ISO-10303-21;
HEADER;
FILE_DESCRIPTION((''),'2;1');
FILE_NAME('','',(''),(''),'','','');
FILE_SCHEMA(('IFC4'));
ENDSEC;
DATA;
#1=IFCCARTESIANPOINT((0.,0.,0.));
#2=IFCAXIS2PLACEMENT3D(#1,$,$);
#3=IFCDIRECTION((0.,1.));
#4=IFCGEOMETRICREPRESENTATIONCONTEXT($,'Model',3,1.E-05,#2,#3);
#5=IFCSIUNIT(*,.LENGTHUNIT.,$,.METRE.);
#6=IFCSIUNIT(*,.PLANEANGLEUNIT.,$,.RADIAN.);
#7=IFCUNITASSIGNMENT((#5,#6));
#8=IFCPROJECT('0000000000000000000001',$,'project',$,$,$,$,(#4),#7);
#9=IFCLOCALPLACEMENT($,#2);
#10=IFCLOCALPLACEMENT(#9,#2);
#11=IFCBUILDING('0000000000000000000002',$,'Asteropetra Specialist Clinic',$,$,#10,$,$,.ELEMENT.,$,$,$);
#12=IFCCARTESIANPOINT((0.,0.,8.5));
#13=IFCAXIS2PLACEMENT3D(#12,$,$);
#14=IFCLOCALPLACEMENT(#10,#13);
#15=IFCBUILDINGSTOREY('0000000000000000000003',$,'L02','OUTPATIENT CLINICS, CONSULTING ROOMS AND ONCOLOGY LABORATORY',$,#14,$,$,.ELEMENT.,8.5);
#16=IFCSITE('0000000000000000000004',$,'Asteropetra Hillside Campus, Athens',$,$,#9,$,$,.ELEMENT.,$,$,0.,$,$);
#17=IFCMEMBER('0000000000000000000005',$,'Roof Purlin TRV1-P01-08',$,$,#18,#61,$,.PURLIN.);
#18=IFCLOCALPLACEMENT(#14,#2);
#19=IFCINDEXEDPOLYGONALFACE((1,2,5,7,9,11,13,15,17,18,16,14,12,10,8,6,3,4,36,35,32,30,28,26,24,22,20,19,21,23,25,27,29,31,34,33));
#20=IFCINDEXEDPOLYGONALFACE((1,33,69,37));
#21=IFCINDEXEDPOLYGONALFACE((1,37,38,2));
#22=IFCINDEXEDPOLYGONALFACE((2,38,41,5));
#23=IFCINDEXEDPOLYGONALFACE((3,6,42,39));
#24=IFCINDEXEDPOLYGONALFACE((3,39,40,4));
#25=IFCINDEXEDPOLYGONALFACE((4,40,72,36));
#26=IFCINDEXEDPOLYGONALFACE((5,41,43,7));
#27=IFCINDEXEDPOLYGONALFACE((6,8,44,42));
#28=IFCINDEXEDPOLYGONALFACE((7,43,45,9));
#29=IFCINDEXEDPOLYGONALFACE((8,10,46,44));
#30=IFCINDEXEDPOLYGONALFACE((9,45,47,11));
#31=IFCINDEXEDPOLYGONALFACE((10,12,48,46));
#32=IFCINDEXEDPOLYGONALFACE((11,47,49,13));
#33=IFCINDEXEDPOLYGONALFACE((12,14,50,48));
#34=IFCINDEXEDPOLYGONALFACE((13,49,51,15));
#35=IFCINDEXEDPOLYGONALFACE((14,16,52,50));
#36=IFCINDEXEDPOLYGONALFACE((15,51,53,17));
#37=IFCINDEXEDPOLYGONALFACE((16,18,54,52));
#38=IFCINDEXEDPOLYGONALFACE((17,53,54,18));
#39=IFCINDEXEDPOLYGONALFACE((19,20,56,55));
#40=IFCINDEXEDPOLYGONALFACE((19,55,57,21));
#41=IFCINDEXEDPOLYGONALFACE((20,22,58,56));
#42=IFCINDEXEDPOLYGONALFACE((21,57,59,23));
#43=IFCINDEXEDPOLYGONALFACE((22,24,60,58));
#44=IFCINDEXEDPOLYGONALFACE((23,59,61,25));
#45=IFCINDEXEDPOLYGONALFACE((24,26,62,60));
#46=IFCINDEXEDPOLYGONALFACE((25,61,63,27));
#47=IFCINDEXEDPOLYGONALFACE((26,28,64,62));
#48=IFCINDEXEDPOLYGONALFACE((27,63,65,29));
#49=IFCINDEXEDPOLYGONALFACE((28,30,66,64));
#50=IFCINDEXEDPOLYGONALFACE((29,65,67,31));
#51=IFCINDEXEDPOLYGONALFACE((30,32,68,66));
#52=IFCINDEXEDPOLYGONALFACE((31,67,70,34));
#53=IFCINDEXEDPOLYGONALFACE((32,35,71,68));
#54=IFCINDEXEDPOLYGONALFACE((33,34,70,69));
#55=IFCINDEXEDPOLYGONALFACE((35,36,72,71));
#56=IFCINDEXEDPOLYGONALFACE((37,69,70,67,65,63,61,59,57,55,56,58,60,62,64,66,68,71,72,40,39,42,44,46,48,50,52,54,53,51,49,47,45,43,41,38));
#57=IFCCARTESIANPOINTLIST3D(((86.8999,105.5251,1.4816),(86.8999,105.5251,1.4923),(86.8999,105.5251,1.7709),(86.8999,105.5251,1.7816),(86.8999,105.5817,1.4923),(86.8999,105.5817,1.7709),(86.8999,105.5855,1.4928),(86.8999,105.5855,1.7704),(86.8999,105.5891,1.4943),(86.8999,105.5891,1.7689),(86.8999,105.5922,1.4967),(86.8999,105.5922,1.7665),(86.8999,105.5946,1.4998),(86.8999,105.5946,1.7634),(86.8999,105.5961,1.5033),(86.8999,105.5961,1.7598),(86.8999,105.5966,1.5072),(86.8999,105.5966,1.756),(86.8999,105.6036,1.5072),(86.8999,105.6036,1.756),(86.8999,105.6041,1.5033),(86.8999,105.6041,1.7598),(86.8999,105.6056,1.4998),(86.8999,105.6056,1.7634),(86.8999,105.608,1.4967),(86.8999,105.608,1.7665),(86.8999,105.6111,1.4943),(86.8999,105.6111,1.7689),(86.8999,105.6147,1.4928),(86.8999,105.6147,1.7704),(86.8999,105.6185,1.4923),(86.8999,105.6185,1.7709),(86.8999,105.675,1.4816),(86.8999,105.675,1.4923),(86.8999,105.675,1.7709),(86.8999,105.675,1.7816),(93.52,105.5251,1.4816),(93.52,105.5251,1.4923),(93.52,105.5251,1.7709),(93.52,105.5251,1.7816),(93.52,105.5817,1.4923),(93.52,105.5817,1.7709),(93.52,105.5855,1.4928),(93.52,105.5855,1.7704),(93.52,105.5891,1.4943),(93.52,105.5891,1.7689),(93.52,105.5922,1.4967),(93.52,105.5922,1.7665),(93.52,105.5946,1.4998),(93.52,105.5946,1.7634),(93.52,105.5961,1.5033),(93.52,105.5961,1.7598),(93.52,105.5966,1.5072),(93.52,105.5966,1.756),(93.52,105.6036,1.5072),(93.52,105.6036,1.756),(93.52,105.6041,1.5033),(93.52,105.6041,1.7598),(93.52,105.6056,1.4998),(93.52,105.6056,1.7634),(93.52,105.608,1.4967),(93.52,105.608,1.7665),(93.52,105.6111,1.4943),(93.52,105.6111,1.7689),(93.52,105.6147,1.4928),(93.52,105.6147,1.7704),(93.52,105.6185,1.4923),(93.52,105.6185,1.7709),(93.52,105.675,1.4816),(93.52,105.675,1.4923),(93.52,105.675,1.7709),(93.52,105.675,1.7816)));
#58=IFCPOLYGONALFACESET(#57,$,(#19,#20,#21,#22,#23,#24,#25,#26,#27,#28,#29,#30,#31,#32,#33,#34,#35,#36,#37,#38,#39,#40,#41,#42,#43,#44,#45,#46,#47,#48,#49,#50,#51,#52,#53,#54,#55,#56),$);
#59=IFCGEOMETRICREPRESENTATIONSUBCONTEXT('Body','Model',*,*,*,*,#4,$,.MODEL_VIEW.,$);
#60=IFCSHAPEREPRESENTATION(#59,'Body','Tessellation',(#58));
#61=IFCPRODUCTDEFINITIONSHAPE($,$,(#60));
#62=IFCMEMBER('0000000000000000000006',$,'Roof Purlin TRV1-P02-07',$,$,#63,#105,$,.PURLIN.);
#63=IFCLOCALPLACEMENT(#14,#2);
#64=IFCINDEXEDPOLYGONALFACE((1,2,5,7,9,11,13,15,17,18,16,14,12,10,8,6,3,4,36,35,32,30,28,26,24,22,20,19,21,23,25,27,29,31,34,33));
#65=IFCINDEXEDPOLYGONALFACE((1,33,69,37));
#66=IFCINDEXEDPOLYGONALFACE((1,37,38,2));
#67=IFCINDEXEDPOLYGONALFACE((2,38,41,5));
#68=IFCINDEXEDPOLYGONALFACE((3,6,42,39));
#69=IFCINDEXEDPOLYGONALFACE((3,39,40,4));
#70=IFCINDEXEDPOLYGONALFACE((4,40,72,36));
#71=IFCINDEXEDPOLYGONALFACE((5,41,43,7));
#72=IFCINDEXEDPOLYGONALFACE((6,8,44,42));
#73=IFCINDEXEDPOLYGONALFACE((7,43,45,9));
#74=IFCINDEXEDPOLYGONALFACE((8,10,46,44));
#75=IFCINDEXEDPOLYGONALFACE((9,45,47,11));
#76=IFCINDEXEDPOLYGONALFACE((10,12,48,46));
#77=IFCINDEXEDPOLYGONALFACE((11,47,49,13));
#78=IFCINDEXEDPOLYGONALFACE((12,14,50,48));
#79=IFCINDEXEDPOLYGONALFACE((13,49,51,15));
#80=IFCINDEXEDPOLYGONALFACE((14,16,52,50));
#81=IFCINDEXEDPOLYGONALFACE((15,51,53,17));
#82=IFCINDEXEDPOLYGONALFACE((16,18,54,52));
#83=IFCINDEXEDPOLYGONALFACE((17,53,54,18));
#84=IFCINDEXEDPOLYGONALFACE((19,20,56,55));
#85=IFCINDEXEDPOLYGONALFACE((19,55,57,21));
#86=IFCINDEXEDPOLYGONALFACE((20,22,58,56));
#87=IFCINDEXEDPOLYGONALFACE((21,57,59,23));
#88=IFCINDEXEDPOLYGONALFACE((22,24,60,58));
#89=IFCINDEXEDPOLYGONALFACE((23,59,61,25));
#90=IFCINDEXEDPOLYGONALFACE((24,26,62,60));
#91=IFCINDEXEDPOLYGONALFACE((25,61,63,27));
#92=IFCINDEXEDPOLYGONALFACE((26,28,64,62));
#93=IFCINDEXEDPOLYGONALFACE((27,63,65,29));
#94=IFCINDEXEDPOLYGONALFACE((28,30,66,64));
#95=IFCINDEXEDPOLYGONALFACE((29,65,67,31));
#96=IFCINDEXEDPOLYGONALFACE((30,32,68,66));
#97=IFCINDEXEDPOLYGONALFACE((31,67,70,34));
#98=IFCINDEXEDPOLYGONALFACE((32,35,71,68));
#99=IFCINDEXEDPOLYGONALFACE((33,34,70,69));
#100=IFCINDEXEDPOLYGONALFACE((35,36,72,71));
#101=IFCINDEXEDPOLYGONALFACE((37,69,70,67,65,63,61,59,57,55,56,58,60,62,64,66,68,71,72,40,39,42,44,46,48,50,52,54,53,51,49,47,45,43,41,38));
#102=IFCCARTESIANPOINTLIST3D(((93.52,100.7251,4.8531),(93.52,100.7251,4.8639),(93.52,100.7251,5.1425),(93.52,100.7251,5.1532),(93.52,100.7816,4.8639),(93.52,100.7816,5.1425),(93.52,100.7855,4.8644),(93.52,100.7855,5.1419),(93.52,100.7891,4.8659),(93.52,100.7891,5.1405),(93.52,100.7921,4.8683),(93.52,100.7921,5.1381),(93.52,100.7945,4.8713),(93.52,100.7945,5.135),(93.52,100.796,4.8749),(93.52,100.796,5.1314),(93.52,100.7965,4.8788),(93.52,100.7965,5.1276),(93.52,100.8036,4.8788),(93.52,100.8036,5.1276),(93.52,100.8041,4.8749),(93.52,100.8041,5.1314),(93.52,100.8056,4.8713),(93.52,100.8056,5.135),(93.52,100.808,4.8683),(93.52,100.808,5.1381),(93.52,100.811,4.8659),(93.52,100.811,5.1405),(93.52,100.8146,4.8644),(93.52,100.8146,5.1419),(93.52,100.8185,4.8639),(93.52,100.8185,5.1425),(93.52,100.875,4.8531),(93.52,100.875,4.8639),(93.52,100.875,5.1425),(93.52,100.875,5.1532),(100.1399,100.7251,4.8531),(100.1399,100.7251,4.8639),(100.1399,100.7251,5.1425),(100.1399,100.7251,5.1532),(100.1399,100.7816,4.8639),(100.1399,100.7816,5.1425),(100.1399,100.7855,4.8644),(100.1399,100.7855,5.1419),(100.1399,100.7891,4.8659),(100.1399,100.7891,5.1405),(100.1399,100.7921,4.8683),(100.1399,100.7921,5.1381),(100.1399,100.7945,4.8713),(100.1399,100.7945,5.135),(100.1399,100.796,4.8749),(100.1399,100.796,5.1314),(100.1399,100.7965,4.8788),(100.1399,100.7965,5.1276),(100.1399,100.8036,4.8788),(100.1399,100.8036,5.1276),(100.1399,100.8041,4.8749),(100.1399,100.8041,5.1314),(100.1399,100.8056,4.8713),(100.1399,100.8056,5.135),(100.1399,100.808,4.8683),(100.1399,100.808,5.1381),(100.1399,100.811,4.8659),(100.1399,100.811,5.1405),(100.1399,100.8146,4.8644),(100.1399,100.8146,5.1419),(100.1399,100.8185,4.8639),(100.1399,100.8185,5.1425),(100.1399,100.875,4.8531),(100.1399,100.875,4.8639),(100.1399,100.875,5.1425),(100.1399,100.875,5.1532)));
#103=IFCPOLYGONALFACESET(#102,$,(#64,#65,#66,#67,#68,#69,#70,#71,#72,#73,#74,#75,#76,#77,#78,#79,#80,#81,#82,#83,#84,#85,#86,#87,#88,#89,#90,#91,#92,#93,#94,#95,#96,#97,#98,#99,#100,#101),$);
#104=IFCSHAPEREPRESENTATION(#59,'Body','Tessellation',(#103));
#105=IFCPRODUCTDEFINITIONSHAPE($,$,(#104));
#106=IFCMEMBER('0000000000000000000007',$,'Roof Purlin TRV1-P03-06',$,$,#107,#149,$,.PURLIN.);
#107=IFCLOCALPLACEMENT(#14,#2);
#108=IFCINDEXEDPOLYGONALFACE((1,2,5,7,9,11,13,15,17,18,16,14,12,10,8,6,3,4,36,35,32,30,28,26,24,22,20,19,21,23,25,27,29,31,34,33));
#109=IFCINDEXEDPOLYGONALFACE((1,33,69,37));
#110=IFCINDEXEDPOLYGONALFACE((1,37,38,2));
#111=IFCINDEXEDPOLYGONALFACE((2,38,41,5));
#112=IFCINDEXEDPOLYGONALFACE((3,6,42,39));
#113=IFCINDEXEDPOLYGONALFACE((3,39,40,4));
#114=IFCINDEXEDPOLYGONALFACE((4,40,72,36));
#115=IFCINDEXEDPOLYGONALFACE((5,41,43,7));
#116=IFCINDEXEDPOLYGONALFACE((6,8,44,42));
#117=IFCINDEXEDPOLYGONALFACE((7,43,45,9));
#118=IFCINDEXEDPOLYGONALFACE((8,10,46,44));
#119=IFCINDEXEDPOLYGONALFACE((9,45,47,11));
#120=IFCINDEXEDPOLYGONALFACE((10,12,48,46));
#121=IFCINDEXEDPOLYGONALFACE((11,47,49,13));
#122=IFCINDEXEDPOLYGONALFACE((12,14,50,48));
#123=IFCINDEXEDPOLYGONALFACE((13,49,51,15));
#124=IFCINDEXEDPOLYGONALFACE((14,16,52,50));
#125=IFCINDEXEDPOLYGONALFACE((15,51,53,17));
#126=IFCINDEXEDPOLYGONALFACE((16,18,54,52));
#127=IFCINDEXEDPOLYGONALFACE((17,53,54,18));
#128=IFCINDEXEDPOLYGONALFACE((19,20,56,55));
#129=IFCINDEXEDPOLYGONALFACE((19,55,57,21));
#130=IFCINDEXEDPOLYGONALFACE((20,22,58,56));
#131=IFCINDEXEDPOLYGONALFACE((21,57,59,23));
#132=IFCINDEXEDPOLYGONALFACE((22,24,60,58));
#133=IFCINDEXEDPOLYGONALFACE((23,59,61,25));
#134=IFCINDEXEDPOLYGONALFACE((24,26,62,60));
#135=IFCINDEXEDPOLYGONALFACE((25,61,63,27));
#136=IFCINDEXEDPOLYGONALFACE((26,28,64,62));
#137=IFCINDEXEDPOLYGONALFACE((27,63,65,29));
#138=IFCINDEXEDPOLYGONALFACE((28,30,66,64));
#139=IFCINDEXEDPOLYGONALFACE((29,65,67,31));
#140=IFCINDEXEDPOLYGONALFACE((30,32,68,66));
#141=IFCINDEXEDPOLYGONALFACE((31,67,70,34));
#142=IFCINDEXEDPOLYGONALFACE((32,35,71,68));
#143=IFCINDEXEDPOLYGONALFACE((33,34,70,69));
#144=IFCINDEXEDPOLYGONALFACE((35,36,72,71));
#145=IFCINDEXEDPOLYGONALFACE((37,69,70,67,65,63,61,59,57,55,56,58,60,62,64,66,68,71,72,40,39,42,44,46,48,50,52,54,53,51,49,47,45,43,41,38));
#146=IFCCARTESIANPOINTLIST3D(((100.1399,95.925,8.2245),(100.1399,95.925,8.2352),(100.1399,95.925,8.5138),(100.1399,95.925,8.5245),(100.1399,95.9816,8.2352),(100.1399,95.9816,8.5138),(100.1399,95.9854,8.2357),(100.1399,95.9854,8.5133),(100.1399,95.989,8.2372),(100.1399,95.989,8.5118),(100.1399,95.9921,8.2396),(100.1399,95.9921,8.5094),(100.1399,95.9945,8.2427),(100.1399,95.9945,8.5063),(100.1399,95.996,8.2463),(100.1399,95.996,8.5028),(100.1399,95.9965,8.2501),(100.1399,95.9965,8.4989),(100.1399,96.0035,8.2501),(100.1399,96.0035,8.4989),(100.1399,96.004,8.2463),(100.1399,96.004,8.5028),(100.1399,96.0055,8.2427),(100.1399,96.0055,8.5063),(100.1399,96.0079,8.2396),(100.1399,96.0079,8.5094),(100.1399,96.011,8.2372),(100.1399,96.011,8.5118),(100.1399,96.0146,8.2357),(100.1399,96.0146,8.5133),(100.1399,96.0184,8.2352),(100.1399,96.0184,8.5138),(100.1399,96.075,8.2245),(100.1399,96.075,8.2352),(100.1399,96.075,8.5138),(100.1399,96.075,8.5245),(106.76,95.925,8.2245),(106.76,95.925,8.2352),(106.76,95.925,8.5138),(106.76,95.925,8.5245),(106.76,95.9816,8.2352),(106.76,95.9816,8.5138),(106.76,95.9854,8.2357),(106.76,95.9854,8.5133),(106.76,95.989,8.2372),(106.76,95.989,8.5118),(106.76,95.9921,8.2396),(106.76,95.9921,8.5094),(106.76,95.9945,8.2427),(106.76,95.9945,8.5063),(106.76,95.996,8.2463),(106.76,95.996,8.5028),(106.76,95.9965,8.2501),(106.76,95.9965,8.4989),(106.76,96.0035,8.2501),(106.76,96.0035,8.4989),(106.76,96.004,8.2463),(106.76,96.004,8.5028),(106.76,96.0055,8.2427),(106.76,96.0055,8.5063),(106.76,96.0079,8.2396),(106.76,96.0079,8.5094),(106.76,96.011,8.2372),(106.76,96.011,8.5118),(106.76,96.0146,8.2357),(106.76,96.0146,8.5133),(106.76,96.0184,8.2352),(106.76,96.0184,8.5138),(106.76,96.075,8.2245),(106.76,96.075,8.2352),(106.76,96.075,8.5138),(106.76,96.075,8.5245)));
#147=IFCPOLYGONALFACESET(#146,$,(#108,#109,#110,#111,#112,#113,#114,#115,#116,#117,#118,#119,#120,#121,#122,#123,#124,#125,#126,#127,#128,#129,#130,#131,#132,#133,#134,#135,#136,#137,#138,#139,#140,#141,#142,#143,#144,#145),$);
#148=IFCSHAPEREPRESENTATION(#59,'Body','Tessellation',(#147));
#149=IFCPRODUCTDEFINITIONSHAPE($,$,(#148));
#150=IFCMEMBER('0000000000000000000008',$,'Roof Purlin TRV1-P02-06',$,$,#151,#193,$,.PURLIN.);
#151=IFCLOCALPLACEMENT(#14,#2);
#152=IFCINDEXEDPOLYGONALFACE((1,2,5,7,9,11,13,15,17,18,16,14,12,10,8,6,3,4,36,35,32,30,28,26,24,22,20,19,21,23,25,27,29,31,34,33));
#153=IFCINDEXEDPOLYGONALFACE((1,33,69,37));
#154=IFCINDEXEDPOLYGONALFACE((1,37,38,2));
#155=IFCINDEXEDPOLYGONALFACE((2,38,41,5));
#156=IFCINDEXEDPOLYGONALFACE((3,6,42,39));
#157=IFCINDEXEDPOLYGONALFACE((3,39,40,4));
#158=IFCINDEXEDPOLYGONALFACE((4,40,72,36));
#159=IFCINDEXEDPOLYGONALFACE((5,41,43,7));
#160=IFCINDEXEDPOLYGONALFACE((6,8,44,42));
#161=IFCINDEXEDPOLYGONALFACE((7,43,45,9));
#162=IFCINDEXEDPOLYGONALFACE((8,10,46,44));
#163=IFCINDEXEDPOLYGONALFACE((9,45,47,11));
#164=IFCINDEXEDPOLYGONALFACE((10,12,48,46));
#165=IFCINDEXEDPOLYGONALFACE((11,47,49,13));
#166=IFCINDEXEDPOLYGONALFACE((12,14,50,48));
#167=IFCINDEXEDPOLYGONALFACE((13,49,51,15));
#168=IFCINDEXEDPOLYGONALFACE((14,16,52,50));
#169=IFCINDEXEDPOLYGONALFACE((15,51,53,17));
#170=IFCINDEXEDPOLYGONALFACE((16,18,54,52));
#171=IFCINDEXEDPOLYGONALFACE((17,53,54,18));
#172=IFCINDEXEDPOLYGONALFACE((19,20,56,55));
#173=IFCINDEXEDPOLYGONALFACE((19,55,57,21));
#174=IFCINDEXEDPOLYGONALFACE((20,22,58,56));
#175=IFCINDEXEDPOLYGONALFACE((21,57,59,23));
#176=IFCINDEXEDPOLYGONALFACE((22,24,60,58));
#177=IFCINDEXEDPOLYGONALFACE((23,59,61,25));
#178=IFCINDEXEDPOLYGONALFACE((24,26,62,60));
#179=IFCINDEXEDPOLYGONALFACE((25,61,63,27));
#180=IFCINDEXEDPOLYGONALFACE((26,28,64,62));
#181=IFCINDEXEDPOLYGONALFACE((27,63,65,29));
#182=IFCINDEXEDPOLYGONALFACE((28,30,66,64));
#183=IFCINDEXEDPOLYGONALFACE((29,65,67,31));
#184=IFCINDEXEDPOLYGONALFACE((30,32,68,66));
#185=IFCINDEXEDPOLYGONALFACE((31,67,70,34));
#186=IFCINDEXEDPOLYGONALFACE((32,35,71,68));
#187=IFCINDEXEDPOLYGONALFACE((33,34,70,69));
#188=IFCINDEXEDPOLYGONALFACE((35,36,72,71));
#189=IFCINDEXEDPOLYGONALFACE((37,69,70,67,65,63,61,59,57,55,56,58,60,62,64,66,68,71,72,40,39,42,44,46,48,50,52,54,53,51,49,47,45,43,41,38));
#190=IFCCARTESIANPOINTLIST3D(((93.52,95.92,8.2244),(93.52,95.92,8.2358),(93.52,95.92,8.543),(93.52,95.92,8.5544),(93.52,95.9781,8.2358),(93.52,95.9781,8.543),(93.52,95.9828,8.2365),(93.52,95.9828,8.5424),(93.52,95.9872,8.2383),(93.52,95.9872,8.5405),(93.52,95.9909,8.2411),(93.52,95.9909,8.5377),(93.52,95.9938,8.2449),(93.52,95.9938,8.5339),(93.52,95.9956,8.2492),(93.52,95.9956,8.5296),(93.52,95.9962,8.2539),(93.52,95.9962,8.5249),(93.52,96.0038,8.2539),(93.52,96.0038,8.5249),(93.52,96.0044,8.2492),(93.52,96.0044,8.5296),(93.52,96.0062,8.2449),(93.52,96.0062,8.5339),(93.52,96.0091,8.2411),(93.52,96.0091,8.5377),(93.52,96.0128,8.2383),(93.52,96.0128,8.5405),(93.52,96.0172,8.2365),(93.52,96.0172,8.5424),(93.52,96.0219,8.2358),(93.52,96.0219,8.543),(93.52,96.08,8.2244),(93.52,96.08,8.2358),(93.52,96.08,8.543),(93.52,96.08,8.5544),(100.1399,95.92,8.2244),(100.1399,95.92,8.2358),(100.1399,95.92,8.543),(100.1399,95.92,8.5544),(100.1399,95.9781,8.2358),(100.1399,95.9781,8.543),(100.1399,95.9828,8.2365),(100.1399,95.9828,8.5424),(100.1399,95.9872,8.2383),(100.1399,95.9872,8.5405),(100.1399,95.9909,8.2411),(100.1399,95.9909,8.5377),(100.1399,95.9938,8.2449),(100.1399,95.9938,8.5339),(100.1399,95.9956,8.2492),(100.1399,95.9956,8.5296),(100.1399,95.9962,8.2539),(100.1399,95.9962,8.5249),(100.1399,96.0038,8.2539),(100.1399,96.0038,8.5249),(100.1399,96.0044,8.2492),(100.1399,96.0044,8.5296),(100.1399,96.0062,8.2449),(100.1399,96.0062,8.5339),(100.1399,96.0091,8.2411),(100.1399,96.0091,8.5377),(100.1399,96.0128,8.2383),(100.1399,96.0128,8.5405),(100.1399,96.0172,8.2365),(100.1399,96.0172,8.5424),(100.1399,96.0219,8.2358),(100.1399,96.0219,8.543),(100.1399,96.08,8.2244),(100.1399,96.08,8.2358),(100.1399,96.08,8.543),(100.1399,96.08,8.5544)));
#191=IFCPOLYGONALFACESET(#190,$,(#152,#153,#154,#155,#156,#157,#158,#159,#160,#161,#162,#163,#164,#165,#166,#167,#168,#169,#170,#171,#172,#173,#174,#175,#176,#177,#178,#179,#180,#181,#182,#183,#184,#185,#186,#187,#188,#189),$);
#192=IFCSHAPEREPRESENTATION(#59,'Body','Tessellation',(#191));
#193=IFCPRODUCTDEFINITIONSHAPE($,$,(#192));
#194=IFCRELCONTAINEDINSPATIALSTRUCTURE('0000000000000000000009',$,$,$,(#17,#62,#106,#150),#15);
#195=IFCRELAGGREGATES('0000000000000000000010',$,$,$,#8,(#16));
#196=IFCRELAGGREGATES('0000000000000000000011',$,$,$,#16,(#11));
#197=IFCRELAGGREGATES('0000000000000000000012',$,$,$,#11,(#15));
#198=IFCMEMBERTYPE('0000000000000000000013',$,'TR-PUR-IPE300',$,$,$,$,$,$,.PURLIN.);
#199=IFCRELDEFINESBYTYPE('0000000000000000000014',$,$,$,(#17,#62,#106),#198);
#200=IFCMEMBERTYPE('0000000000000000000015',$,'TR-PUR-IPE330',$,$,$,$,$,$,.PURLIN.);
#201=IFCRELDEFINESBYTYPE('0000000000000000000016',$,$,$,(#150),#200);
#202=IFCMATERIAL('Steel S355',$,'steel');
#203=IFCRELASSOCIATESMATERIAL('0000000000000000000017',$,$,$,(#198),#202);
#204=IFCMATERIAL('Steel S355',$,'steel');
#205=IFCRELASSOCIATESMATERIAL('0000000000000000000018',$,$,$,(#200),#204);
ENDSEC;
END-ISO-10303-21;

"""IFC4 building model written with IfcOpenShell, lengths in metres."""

from ifc_helpers import new_model, si_unit, direction, frame, origin, origin_2d, place, context, subcontext, project, spatial, i_section, extrude, material, material_profile, profile_set, type_object, element, save


model = new_model("IFC4")

# Units and contexts
model_context = context("Model", 3, precision=1e-05, world=origin(), true_north=direction((0.0, 1.0)))
body_context = subcontext(model_context, "Body", "Model", "MODEL_VIEW")
ifc_project = project(units=[si_unit("LENGTHUNIT", "METRE"), si_unit("PLANEANGLEUNIT", "RADIAN")], contexts=[model_context])

# Site, building, storey
site_placement = place(None, origin())
site = spatial("IfcSite", under=ifc_project, at=site_placement, Name="Asteropetra Hillside Campus, Athens", CompositionType="ELEMENT", RefElevation=0.0)
building_placement = place(site_placement, origin())
building = spatial("IfcBuilding", under=site, at=building_placement, Name="Asteropetra Specialist Clinic", CompositionType="ELEMENT")
storey_placement = place(building_placement, frame((0.0, 0.0, 8.5)))
storey = spatial("IfcBuildingStorey", under=building, at=storey_placement, Name="L02", Description="OUTPATIENT CLINICS, CONSULTING ROOMS AND ONCOLOGY LABORATORY", CompositionType="ELEMENT", Elevation=8.5)

# Members
ifc_material_1 = material(Name="Steel S355", Category="steel")
ifc_material_profile_1 = material_profile(ifc_material_1, i_section(OverallWidth=0.1499, OverallDepth=0.3, WebThickness=0.0071, FlangeThickness=0.0107, FilletRadius=0.0149, at=origin_2d()), Name="IPE 300")
ifc_profile_set_1 = profile_set([ifc_material_profile_1], Name="Steel S355")
member_type_1 = type_object("IfcMemberType", Name="TR-PUR-IPE300", PredefinedType="PURLIN", material=ifc_profile_set_1)
member_1_placement = place(storey_placement, frame((86.8999, 105.6001, 1.6316), z_axis=(1.0, 0.0, 0.0), x_axis=(0.0, 1.0, 0.0)))
element("IfcMember", 1, at=member_1_placement, inside=storey, type_object=member_type_1, Name="Roof Purlin TRV1-P01-08", PredefinedType="PURLIN", context=body_context, shape_type="SweptSolid", body=[
    extrude(i_section(OverallWidth=0.1499, OverallDepth=0.3, WebThickness=0.0071, FlangeThickness=0.0107, FilletRadius=0.0149, at=origin_2d()), origin(), (0.0, 0.0, 1.0), 6.6201),
])
member_2_placement = place(storey_placement, frame((93.52, 100.8, 5.0032), z_axis=(1.0, 0.0, 0.0), x_axis=(0.0, 1.0, 0.0)))
element("IfcMember", 2, at=member_2_placement, inside=storey, type_object=member_type_1, Name="Roof Purlin TRV1-P02-07", PredefinedType="PURLIN", context=body_context, shape_type="SweptSolid", body=[
    extrude(i_section(OverallWidth=0.1499, OverallDepth=0.3, WebThickness=0.0071, FlangeThickness=0.0107, FilletRadius=0.0149, at=origin_2d()), origin(), (0.0, 0.0, 1.0), 6.6199),
])
member_3_placement = place(storey_placement, frame((100.1399, 96.0, 8.3745), z_axis=(1.0, 0.0, 0.0), x_axis=(0.0, 1.0, 0.0)))
element("IfcMember", 3, at=member_3_placement, inside=storey, type_object=member_type_1, Name="Roof Purlin TRV1-P03-06", PredefinedType="PURLIN", context=body_context, shape_type="SweptSolid", body=[
    extrude(i_section(OverallWidth=0.1499, OverallDepth=0.3, WebThickness=0.0071, FlangeThickness=0.0107, FilletRadius=0.0149, at=origin_2d()), origin(), (0.0, 0.0, 1.0), 6.6201),
])
ifc_material_2 = material(Name="Steel S355", Category="steel")
ifc_material_profile_2 = material_profile(ifc_material_2, i_section(OverallWidth=0.1599, OverallDepth=0.3301, WebThickness=0.0076, FlangeThickness=0.0115, FilletRadius=0.0181, at=origin_2d()), Name="IPE 330")
ifc_profile_set_2 = profile_set([ifc_material_profile_2], Name="Steel S355")
member_type_2 = type_object("IfcMemberType", Name="TR-PUR-IPE330", PredefinedType="PURLIN", material=ifc_profile_set_2)
member_4_placement = place(storey_placement, frame((93.52, 96.0, 8.3894), z_axis=(1.0, 0.0, 0.0), x_axis=(0.0, 1.0, 0.0)))
element("IfcMember", 4, at=member_4_placement, inside=storey, type_object=member_type_2, Name="Roof Purlin TRV1-P02-06", PredefinedType="PURLIN", context=body_context, shape_type="SweptSolid", body=[
    extrude(i_section(OverallWidth=0.1599, OverallDepth=0.3301, WebThickness=0.0076, FlangeThickness=0.0115, FilletRadius=0.0181, at=origin_2d()), origin(), (0.0, 0.0, 1.0), 6.6199),
])

save(model, "model.ifc")
